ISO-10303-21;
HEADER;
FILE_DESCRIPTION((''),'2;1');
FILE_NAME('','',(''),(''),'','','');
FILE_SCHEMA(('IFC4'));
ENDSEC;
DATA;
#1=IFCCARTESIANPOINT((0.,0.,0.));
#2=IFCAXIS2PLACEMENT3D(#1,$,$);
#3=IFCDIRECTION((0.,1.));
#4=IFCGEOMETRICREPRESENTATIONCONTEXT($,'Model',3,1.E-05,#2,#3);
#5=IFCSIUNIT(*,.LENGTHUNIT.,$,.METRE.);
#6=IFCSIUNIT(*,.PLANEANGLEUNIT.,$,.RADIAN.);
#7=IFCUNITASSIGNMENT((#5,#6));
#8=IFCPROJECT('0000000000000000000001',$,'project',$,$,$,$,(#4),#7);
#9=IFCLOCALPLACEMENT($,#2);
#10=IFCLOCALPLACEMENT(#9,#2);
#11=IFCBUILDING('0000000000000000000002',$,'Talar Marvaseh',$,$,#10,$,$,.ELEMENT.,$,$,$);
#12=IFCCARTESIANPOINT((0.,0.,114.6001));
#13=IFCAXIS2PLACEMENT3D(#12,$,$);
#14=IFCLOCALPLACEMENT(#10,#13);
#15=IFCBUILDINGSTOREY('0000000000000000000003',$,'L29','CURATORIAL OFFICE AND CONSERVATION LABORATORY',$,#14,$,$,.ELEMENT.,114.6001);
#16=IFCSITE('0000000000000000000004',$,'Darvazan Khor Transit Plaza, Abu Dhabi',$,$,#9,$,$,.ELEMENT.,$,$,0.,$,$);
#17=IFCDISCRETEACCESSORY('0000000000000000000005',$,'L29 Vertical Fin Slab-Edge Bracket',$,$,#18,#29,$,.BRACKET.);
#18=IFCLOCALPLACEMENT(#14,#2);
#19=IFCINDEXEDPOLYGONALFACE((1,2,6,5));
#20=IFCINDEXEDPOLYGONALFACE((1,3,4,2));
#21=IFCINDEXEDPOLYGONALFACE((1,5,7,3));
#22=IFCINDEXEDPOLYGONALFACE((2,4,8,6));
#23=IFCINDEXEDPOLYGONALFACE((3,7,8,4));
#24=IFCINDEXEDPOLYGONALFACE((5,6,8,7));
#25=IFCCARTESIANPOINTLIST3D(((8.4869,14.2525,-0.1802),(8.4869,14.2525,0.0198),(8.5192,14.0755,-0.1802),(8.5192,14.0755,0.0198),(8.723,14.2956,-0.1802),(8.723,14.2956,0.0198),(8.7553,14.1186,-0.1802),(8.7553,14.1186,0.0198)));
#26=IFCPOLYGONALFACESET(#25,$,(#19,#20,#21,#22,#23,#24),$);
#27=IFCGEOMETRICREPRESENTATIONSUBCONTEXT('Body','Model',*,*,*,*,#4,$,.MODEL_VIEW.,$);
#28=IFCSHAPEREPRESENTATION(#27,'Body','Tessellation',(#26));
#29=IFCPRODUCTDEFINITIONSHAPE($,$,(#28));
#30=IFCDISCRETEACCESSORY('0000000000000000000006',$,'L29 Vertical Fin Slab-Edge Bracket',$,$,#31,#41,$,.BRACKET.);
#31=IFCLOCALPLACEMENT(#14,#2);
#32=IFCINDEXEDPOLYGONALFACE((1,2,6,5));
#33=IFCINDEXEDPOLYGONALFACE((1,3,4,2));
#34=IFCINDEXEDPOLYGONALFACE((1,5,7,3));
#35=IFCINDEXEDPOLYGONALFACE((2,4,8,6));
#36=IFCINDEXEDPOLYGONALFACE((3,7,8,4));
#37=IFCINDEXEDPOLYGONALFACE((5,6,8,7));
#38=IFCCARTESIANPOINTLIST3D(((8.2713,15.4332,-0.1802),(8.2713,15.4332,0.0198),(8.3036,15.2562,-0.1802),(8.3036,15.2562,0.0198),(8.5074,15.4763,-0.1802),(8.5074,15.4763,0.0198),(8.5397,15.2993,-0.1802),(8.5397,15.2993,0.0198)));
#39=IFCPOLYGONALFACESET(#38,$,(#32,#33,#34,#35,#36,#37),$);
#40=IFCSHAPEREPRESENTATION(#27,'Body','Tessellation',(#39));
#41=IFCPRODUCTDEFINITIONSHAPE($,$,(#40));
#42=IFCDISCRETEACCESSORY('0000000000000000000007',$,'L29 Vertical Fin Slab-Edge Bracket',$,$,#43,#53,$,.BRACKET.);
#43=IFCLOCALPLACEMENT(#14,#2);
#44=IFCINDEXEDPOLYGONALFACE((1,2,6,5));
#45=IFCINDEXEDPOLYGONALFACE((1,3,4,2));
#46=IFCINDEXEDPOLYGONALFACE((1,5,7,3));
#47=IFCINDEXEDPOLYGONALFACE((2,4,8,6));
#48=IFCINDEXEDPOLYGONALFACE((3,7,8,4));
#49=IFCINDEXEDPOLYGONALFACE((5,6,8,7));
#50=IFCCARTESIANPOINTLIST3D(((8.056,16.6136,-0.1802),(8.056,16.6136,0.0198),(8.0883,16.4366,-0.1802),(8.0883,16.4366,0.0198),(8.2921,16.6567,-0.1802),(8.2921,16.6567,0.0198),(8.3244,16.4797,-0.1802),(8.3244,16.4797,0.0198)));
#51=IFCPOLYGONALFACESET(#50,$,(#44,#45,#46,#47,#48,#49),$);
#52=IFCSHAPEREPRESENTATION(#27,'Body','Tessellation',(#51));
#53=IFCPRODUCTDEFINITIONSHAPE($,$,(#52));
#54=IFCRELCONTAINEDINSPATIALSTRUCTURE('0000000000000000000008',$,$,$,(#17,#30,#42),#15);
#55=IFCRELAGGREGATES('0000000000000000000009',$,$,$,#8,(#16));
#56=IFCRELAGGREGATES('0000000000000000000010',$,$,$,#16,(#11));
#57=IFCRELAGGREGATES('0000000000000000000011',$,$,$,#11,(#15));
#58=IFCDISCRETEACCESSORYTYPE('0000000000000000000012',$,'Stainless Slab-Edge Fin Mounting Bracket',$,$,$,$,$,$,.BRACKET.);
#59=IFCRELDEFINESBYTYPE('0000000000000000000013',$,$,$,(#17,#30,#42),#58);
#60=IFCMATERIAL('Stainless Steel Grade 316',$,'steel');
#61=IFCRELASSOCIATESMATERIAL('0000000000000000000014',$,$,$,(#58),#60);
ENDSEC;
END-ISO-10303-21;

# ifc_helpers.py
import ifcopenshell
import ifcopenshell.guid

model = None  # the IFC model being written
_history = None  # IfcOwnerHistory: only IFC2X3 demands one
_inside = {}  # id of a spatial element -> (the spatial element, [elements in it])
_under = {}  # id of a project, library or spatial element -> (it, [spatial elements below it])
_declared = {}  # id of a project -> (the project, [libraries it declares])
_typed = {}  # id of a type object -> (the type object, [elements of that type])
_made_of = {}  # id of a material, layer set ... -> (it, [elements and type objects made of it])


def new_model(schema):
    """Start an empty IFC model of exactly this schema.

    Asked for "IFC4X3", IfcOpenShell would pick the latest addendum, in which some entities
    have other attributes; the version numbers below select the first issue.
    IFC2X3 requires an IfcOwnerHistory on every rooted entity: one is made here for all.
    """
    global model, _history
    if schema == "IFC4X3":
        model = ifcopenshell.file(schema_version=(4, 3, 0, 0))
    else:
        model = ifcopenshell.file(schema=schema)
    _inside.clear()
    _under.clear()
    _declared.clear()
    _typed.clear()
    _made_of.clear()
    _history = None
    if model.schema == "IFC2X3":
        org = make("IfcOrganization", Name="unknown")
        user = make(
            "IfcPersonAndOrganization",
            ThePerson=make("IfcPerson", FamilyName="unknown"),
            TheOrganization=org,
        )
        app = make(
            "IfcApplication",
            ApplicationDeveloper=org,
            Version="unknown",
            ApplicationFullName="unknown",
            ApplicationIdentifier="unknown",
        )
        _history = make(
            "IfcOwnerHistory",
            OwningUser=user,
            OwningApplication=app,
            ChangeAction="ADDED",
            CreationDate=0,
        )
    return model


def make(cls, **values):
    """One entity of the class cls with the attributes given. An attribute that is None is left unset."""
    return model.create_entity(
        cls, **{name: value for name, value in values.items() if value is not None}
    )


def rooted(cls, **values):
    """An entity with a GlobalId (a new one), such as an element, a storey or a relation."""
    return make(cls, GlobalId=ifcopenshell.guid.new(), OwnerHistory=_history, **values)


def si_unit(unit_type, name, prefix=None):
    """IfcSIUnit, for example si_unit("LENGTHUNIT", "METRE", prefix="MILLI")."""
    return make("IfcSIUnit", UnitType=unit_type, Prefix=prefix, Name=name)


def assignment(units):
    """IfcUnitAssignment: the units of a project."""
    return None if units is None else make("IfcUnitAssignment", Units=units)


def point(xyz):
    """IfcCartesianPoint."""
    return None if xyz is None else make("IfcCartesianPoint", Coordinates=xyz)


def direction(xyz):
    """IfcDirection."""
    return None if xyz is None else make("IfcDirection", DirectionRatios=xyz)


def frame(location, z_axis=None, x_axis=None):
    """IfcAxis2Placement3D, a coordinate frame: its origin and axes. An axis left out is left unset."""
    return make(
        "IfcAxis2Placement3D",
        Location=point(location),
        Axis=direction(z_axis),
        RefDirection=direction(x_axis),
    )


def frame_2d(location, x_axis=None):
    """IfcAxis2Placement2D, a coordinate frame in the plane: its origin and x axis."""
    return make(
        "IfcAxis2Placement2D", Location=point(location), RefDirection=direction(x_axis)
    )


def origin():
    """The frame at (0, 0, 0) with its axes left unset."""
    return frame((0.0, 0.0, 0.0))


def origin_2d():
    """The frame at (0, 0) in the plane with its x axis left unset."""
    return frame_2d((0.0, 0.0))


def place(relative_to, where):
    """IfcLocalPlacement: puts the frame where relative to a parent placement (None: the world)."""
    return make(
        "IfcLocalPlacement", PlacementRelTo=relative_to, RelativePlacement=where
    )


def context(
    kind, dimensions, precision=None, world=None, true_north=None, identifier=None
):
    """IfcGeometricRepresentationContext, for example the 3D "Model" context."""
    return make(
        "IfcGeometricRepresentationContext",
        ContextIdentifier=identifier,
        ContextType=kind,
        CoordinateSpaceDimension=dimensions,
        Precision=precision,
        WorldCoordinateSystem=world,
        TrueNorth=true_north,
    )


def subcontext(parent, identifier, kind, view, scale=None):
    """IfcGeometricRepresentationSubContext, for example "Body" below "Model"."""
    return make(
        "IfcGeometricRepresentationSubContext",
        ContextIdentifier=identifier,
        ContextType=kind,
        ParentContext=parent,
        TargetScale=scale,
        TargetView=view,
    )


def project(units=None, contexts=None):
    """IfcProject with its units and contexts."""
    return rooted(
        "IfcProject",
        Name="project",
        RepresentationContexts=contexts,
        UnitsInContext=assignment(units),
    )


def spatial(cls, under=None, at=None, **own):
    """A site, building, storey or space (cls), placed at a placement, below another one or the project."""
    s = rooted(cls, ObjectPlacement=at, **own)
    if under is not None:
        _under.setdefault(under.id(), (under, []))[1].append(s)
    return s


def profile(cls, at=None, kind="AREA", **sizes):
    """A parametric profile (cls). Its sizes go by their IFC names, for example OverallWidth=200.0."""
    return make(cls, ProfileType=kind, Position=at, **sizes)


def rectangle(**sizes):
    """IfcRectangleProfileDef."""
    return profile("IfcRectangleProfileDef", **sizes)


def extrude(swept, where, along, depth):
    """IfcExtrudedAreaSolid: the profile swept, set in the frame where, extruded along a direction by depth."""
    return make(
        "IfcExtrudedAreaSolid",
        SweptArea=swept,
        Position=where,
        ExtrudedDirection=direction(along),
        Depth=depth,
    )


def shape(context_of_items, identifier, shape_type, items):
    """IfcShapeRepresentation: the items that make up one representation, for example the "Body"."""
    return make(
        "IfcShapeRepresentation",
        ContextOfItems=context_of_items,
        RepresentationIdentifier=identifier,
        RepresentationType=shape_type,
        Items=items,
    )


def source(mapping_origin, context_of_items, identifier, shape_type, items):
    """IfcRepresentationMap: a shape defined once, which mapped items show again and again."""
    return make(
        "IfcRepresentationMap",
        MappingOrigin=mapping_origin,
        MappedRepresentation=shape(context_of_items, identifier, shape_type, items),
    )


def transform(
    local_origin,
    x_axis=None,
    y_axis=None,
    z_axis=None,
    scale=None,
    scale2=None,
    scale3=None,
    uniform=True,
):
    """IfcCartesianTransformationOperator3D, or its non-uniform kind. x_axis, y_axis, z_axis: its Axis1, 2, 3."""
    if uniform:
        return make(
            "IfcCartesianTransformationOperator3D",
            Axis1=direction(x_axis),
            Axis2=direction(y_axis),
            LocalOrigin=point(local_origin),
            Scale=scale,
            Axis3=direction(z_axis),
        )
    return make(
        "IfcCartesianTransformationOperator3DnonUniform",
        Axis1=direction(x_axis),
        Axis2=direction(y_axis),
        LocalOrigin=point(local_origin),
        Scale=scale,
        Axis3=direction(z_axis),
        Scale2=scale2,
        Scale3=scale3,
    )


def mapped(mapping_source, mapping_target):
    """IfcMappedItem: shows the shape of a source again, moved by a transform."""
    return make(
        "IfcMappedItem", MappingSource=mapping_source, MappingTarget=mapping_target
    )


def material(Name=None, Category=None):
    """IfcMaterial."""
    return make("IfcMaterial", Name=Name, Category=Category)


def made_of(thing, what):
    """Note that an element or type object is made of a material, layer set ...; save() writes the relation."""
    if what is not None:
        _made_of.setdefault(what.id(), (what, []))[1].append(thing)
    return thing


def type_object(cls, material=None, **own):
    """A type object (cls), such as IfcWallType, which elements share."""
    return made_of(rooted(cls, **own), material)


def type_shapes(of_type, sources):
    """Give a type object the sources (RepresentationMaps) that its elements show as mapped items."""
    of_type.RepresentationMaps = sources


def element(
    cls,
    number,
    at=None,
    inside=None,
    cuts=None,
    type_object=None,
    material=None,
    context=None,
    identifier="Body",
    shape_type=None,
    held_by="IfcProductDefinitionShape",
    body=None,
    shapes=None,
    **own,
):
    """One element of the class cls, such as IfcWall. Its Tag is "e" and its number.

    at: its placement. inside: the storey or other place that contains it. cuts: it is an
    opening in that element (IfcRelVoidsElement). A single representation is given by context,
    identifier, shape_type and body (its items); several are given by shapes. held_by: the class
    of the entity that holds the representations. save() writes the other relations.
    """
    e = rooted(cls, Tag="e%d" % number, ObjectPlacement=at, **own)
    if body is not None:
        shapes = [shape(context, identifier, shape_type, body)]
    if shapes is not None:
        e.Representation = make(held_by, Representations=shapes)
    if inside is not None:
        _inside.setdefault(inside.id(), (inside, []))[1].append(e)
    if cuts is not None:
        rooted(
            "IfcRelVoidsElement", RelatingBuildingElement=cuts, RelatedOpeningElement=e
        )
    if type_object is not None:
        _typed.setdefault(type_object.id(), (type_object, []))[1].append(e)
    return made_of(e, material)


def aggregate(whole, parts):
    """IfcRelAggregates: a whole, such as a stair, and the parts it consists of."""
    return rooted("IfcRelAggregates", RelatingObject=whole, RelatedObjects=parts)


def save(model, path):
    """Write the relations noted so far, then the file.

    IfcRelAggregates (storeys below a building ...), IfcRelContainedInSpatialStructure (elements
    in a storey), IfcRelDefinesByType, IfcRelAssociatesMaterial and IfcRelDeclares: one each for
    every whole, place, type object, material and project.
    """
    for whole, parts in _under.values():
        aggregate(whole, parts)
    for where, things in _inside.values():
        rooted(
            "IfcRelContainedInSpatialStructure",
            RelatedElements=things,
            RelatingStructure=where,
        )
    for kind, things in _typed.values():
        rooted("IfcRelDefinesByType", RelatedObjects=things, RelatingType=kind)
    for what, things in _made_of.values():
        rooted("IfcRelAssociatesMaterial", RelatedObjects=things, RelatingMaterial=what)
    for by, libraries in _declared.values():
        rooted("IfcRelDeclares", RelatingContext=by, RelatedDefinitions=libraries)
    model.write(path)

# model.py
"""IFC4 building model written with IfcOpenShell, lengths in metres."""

from ifc_helpers import new_model, si_unit, direction, frame, origin, origin_2d, place, context, subcontext, project, spatial, rectangle, extrude, source, transform, mapped, material, type_object, type_shapes, element, save


model = new_model("IFC4")

# Units and contexts
model_context = context("Model", 3, precision=1e-05, world=origin(), true_north=direction((0.0, 1.0)))
body_context = subcontext(model_context, "Body", "Model", "MODEL_VIEW")
ifc_project = project(units=[si_unit("LENGTHUNIT", "METRE"), si_unit("PLANEANGLEUNIT", "RADIAN")], contexts=[model_context])

# Site, building, storey
site_placement = place(None, origin())
site = spatial("IfcSite", under=ifc_project, at=site_placement, Name="Darvazan Khor Transit Plaza, Abu Dhabi", CompositionType="ELEMENT", RefElevation=0.0)
building_placement = place(site_placement, origin())
building = spatial("IfcBuilding", under=site, at=building_placement, Name="Talar Marvaseh", CompositionType="ELEMENT")
storey_placement = place(building_placement, frame((0.0, 0.0, 114.6001)))
storey = spatial("IfcBuildingStorey", under=building, at=storey_placement, Name="L29", Description="CURATORIAL OFFICE AND CONSERVATION LABORATORY", CompositionType="ELEMENT", Elevation=114.6001)

# Discrete accessories
ifc_material_1 = material(Name="Stainless Steel Grade 316", Category="steel")
discrete_accessory_type = type_object("IfcDiscreteAccessoryType", Name="Stainless Slab-Edge Fin Mounting Bracket", PredefinedType="BRACKET", material=ifc_material_1)
shared_shape_1 = source(origin(), body_context, "Body", "SweptSolid", [
    extrude(rectangle(XDim=0.24, YDim=0.1799, at=origin_2d()), origin(), (0.0, 0.0, 1.0), 0.2),
])
type_shapes(discrete_accessory_type, [shared_shape_1])
for number, where, z_axis, x_axis, name in (
    (1, (8.6211, 14.1855, -0.1802), (0.0, 0.0, 1.0), (-0.983729, -0.179661, 0.0), "L29 Vertical Fin Slab-Edge Bracket"),
    (2, (8.4055, 15.3662, -0.1802), (0.0, 0.0, 1.0), (-0.983729, -0.179661, 0.0), "L29 Vertical Fin Slab-Edge Bracket"),
    (3, (8.1902, 16.5466, -0.1802), (0.0, 0.0, 1.0), (-0.983729, -0.179661, 0.0), "L29 Vertical Fin Slab-Edge Bracket"),
):
    element("IfcDiscreteAccessory", number, at=place(storey_placement, frame(where, z_axis=z_axis, x_axis=x_axis)), inside=storey, type_object=discrete_accessory_type, Name=name, PredefinedType="BRACKET", context=body_context, shape_type="MappedRepresentation", body=[
        mapped(shared_shape_1, transform((0.0, 0.0, 0.0), x_axis=(1.0, 0.0, 0.0), y_axis=(0.0, 1.0, 0.0), z_axis=(0.0, 0.0, 1.0), scale=1.0)),
    ])

save(model, "model.ifc")
